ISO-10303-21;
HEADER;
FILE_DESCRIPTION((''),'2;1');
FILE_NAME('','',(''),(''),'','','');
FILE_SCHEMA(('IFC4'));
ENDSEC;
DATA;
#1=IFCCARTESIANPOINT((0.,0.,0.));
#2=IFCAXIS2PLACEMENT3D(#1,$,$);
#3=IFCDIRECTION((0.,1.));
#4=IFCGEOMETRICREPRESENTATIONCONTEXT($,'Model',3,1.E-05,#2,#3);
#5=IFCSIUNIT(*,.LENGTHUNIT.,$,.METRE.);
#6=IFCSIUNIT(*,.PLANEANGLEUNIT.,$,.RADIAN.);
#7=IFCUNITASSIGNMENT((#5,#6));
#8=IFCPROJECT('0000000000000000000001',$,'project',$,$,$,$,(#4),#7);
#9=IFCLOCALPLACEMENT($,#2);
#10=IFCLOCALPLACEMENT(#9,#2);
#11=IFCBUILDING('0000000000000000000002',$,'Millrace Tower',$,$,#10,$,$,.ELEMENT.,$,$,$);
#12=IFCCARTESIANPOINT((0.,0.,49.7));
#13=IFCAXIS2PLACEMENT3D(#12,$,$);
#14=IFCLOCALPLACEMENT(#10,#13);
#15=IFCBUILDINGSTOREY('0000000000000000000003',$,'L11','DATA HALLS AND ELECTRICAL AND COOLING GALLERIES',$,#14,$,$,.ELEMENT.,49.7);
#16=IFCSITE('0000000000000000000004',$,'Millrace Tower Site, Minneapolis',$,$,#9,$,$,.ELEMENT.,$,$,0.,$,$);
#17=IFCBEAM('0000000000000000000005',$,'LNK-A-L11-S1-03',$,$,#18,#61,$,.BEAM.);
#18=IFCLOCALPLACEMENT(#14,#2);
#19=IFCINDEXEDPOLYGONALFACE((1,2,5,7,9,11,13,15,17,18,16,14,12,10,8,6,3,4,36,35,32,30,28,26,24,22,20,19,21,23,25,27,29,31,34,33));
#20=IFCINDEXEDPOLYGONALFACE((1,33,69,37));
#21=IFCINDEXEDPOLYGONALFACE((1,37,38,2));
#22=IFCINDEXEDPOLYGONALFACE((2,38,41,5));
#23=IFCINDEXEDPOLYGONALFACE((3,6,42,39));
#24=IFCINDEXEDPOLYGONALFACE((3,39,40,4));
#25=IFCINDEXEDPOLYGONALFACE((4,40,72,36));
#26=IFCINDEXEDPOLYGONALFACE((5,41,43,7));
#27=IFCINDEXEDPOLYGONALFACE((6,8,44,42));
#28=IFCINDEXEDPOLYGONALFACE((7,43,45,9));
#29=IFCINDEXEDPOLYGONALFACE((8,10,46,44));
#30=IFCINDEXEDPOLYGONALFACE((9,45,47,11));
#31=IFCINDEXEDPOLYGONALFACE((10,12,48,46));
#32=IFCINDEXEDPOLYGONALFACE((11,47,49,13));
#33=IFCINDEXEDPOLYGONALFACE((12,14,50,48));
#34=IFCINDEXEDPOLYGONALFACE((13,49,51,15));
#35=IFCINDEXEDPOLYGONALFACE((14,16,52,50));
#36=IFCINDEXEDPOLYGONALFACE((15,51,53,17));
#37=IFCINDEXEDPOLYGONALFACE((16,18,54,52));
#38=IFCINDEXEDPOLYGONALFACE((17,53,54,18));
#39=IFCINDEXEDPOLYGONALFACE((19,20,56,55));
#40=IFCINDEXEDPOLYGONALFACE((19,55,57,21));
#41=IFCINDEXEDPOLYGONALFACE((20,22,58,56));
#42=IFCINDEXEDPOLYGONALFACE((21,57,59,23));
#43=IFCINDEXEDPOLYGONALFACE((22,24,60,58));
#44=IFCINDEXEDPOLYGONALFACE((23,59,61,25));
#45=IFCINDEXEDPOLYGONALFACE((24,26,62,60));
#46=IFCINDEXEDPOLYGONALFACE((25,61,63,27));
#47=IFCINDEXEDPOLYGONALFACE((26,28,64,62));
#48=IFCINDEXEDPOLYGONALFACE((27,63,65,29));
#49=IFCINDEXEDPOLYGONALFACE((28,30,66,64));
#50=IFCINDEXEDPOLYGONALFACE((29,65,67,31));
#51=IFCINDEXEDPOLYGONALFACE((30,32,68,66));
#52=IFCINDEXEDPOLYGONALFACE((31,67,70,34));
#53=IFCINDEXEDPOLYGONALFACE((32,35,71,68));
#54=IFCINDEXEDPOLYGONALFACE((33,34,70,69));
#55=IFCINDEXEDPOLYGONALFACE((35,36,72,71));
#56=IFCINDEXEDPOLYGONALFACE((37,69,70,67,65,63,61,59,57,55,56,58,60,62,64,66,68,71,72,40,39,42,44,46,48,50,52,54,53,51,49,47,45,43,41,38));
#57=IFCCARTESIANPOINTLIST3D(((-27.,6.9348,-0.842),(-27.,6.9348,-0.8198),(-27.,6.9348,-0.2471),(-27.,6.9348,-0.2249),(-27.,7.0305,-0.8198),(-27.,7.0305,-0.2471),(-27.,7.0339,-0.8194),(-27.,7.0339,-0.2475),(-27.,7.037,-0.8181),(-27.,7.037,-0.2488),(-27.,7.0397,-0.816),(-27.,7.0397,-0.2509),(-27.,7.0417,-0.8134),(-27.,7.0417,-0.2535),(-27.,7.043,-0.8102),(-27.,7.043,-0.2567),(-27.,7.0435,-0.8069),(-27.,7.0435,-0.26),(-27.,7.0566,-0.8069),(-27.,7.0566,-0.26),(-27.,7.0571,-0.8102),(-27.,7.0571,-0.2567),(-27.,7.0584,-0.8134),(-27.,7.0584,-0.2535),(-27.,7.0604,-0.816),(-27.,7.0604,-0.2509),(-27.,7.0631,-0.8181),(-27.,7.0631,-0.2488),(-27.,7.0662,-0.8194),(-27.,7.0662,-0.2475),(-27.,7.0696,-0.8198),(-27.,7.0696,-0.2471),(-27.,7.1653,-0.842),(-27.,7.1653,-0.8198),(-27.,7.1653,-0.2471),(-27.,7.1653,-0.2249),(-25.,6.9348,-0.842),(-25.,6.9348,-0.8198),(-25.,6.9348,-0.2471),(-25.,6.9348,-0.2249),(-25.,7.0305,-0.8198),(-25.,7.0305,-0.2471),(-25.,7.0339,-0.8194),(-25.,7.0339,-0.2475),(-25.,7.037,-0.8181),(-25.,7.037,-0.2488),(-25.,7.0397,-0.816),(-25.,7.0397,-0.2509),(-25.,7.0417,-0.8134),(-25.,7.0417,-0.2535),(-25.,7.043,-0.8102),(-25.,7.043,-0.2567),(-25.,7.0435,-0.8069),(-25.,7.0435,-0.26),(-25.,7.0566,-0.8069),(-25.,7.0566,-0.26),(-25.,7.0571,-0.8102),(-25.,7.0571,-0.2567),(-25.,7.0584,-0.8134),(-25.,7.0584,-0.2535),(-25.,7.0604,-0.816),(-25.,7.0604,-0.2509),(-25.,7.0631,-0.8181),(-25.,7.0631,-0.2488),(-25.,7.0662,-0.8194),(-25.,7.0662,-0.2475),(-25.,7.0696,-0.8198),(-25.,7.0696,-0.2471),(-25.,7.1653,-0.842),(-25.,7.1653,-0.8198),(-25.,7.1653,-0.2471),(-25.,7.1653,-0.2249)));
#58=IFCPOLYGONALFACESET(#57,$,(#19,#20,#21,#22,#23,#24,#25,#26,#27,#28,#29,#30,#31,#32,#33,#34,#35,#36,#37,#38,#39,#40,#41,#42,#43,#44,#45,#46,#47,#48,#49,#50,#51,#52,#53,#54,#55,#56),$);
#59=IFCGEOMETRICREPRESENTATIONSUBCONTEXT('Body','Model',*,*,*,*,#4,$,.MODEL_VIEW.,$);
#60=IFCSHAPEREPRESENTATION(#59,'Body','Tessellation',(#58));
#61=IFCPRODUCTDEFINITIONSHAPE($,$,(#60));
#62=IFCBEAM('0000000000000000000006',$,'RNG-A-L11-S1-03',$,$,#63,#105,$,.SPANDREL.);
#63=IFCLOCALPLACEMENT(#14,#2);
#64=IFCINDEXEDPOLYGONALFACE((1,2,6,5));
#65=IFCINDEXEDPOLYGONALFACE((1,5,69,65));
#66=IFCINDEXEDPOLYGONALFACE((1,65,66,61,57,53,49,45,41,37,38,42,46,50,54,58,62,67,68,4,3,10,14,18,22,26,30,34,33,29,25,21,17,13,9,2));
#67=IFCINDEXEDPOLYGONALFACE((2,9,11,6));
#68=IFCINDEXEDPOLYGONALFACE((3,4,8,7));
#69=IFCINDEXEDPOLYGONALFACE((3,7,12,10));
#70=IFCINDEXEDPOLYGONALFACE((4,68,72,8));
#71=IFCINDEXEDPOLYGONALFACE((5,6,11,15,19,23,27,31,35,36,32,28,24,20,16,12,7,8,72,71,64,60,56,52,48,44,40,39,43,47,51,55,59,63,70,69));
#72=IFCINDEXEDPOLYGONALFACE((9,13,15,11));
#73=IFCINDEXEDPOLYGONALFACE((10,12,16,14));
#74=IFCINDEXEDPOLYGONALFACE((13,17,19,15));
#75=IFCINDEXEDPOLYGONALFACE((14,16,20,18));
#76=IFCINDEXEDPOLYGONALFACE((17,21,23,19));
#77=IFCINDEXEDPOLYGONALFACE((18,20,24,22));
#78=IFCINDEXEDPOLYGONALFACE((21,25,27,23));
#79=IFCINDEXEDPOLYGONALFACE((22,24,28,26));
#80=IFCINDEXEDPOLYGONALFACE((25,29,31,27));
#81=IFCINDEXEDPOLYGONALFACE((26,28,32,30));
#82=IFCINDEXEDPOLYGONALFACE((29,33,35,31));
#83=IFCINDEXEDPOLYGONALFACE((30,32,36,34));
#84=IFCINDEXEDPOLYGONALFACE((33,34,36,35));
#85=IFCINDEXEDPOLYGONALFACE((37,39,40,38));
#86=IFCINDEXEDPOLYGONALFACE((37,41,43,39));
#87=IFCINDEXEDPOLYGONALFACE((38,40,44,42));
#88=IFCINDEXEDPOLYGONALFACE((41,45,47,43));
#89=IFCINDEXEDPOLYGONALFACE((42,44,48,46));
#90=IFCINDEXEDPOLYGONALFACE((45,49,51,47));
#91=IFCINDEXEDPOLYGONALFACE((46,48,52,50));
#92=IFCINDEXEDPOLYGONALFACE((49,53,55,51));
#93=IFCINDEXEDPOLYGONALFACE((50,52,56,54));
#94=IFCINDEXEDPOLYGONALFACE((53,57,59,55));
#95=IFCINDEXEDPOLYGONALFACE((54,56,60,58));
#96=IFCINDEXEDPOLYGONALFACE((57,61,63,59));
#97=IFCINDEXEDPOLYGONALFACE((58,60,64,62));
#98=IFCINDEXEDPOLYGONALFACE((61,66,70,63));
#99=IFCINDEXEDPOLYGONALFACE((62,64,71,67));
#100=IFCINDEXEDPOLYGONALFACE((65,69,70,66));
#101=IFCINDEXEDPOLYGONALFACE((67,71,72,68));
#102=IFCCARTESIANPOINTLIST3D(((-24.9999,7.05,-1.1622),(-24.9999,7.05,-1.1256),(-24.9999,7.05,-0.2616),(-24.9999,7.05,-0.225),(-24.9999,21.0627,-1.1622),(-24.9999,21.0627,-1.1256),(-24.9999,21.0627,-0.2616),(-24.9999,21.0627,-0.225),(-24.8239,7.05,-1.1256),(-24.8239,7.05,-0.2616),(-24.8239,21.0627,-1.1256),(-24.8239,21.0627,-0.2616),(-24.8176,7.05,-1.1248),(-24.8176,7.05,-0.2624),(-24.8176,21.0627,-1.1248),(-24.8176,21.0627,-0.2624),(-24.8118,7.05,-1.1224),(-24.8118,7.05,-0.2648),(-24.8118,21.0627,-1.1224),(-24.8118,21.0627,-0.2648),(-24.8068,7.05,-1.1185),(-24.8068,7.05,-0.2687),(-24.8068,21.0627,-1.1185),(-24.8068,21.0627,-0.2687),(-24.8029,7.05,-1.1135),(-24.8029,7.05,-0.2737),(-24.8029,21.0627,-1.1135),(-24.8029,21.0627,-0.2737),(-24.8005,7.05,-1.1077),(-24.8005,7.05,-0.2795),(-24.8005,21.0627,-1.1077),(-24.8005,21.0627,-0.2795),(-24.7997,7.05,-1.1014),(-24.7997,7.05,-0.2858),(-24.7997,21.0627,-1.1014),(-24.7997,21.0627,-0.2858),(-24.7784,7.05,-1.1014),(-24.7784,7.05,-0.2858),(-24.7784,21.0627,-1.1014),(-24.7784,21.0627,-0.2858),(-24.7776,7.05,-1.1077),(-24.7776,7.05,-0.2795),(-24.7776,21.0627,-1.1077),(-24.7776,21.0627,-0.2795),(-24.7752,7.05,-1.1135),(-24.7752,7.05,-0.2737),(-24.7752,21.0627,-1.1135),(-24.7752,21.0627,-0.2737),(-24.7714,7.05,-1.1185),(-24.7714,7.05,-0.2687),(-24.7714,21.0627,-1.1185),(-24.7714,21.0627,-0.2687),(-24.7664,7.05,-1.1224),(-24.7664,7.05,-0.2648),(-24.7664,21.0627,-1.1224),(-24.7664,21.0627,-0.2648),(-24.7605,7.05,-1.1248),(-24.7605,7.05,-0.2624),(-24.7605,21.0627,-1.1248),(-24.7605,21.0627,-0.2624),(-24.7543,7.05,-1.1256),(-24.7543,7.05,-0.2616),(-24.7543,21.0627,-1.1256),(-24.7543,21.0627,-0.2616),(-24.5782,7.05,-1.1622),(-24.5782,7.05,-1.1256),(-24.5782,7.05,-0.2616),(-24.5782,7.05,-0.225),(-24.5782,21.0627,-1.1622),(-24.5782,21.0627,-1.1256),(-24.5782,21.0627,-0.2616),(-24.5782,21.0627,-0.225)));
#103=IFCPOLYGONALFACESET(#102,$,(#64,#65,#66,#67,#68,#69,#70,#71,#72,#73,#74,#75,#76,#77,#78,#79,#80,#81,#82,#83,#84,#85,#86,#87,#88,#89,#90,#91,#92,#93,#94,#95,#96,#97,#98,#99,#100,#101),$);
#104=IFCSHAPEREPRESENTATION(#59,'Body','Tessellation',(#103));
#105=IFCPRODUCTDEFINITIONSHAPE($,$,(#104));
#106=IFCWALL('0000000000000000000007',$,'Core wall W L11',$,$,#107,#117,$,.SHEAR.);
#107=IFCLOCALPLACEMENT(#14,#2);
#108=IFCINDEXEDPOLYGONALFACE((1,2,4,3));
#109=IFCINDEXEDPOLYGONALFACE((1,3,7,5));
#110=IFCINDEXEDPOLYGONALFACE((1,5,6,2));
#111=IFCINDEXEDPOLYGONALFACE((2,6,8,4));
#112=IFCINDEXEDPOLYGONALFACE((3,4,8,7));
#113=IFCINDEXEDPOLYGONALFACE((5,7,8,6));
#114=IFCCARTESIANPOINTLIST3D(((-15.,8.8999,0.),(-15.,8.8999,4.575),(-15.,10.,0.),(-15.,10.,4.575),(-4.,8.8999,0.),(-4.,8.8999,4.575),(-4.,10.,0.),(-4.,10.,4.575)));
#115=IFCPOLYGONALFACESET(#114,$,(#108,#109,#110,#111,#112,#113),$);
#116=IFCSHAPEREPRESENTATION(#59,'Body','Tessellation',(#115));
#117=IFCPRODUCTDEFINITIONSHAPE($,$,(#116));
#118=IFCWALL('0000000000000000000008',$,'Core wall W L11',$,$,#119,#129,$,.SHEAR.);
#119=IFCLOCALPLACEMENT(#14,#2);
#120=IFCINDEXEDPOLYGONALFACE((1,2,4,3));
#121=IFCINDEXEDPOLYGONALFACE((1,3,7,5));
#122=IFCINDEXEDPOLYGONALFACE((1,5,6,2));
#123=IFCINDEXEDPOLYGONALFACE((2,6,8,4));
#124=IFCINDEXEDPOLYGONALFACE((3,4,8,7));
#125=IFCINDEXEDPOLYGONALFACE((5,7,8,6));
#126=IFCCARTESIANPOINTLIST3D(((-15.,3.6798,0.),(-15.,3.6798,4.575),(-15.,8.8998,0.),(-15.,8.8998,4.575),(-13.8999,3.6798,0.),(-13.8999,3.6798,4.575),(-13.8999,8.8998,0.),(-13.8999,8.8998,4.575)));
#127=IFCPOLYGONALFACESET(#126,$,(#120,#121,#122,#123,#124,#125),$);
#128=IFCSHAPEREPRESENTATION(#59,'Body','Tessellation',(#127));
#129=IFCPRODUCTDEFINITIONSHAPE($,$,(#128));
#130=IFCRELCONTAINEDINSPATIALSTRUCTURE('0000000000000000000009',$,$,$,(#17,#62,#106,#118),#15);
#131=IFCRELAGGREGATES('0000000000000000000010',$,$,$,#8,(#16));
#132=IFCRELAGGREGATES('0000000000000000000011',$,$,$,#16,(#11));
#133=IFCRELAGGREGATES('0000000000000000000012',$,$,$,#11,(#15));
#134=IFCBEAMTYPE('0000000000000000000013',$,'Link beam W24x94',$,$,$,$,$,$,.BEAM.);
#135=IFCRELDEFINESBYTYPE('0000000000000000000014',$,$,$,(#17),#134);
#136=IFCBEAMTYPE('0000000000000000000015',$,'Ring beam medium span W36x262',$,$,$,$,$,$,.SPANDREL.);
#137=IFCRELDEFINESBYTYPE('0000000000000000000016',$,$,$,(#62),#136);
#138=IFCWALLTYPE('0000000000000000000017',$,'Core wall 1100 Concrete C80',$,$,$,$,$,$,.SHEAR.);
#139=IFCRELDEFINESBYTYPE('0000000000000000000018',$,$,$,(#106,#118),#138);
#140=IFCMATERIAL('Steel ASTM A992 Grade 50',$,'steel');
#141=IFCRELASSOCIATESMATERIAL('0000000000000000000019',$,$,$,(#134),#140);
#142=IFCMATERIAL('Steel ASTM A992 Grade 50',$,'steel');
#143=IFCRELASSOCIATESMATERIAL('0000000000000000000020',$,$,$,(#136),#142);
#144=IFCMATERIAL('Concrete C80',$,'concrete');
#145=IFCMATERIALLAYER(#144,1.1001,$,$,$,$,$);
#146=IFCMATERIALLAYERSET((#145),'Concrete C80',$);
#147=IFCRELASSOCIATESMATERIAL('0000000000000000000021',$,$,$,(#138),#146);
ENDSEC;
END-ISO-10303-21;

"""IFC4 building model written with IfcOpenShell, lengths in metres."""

from ifc_helpers import new_model, si_unit, direction, frame, frame_2d, origin, origin_2d, place, context, subcontext, project, spatial, rectangle, i_section, extrude, material, layer, layer_set, material_profile, profile_set, type_object, element, save


model = new_model("IFC4")

# Units and contexts
model_context = context("Model", 3, precision=1e-05, world=origin(), true_north=direction((0.0, 1.0)))
body_context = subcontext(model_context, "Body", "Model", "MODEL_VIEW")
ifc_project = project(units=[si_unit("LENGTHUNIT", "METRE"), si_unit("PLANEANGLEUNIT", "RADIAN")], contexts=[model_context])

# Site, building, storey
site_placement = place(None, origin())
site = spatial("IfcSite", under=ifc_project, at=site_placement, Name="Millrace Tower Site, Minneapolis", CompositionType="ELEMENT", RefElevation=0.0)
building_placement = place(site_placement, origin())
building = spatial("IfcBuilding", under=site, at=building_placement, Name="Millrace Tower", CompositionType="ELEMENT")
storey_placement = place(building_placement, frame((0.0, 0.0, 49.7)))
storey = spatial("IfcBuildingStorey", under=building, at=storey_placement, Name="L11", Description="DATA HALLS AND ELECTRICAL AND COOLING GALLERIES", CompositionType="ELEMENT", Elevation=49.7)

# Beams
ifc_material_1 = material(Name="Steel ASTM A992 Grade 50", Category="steel")
ifc_material_profile_1 = material_profile(ifc_material_1, i_section(OverallWidth=0.2305, OverallDepth=0.6172, WebThickness=0.0132, FlangeThickness=0.0222, FilletRadius=0.0129, at=origin_2d()))
ifc_profile_set_1 = profile_set([ifc_material_profile_1], Name="Steel ASTM A992 Grade 50")
beam_type_1 = type_object("IfcBeamType", Name="Link beam W24x94", PredefinedType="BEAM", material=ifc_profile_set_1)
beam_1_placement = place(storey_placement, frame((-25.0, 7.05, -0.5334), z_axis=(-1.0, 0.0, 0.0), x_axis=(0.0, -1.0, 0.0)))
element("IfcBeam", 1, at=beam_1_placement, inside=storey, type_object=beam_type_1, Name="LNK-A-L11-S1-03", PredefinedType="BEAM", context=body_context, shape_type="SweptSolid", body=[
    extrude(i_section(OverallWidth=0.2305, OverallDepth=0.6172, WebThickness=0.0132, FlangeThickness=0.0222, FilletRadius=0.0129, at=origin_2d()), origin(), (0.0, 0.0, 1.0), 2.0),
])
ifc_material_2 = material(Name="Steel ASTM A992 Grade 50", Category="steel")
ifc_material_profile_2 = material_profile(ifc_material_2, i_section(OverallWidth=0.4216, OverallDepth=0.9373, WebThickness=0.0212, FlangeThickness=0.0366, FilletRadius=0.0242, at=origin_2d()))
ifc_profile_set_2 = profile_set([ifc_material_profile_2], Name="Steel ASTM A992 Grade 50")
beam_type_2 = type_object("IfcBeamType", Name="Ring beam medium span W36x262", PredefinedType="SPANDREL", material=ifc_profile_set_2)
beam_2_placement = place(storey_placement, frame((-24.7891, 7.05, -0.6936), z_axis=(0.0, 1.0, 0.0), x_axis=(-1.0, 0.0, 0.0)))
element("IfcBeam", 2, at=beam_2_placement, inside=storey, type_object=beam_type_2, Name="RNG-A-L11-S1-03", PredefinedType="SPANDREL", context=body_context, shape_type="SweptSolid", body=[
    extrude(i_section(OverallWidth=0.4216, OverallDepth=0.9373, WebThickness=0.0212, FlangeThickness=0.0366, FilletRadius=0.0242, at=origin_2d()), origin(), (0.0, 0.0, 1.0), 14.0127),
])

# Walls
ifc_material_3 = material(Name="Concrete C80", Category="concrete")
ifc_layer_1 = layer(ifc_material_3, 1.1001)
ifc_layer_set_1 = layer_set([ifc_layer_1], Name="Concrete C80")
wall_type_1 = type_object("IfcWallType", Name="Core wall 1100 Concrete C80", PredefinedType="SHEAR", material=ifc_layer_set_1)
wall_1_placement = place(storey_placement, frame((-15.0, 9.45, 0.0), z_axis=(0.0, 0.0, 1.0), x_axis=(1.0, 0.0, 0.0)))
element("IfcWall", 3, at=wall_1_placement, inside=storey, type_object=wall_type_1, Name="Core wall W L11", PredefinedType="SHEAR", context=body_context, shape_type="SweptSolid", body=[
    extrude(rectangle(XDim=11.0, YDim=1.1001, at=frame_2d((5.5, 0.0))), origin(), (0.0, 0.0, 1.0), 4.575),
])
wall_2_placement = place(storey_placement, frame((-14.45, 3.6799, 0.0), z_axis=(0.0, 0.0, 1.0), x_axis=(0.0, 1.0, 0.0)))
element("IfcWall", 4, at=wall_2_placement, inside=storey, type_object=wall_type_1, Name="Core wall W L11", PredefinedType="SHEAR", context=body_context, shape_type="SweptSolid", body=[
    extrude(rectangle(XDim=5.22, YDim=1.1001, at=frame_2d((2.6099, 0.0))), origin(), (0.0, 0.0, 1.0), 4.575),
])

save(model, "model.ifc")
